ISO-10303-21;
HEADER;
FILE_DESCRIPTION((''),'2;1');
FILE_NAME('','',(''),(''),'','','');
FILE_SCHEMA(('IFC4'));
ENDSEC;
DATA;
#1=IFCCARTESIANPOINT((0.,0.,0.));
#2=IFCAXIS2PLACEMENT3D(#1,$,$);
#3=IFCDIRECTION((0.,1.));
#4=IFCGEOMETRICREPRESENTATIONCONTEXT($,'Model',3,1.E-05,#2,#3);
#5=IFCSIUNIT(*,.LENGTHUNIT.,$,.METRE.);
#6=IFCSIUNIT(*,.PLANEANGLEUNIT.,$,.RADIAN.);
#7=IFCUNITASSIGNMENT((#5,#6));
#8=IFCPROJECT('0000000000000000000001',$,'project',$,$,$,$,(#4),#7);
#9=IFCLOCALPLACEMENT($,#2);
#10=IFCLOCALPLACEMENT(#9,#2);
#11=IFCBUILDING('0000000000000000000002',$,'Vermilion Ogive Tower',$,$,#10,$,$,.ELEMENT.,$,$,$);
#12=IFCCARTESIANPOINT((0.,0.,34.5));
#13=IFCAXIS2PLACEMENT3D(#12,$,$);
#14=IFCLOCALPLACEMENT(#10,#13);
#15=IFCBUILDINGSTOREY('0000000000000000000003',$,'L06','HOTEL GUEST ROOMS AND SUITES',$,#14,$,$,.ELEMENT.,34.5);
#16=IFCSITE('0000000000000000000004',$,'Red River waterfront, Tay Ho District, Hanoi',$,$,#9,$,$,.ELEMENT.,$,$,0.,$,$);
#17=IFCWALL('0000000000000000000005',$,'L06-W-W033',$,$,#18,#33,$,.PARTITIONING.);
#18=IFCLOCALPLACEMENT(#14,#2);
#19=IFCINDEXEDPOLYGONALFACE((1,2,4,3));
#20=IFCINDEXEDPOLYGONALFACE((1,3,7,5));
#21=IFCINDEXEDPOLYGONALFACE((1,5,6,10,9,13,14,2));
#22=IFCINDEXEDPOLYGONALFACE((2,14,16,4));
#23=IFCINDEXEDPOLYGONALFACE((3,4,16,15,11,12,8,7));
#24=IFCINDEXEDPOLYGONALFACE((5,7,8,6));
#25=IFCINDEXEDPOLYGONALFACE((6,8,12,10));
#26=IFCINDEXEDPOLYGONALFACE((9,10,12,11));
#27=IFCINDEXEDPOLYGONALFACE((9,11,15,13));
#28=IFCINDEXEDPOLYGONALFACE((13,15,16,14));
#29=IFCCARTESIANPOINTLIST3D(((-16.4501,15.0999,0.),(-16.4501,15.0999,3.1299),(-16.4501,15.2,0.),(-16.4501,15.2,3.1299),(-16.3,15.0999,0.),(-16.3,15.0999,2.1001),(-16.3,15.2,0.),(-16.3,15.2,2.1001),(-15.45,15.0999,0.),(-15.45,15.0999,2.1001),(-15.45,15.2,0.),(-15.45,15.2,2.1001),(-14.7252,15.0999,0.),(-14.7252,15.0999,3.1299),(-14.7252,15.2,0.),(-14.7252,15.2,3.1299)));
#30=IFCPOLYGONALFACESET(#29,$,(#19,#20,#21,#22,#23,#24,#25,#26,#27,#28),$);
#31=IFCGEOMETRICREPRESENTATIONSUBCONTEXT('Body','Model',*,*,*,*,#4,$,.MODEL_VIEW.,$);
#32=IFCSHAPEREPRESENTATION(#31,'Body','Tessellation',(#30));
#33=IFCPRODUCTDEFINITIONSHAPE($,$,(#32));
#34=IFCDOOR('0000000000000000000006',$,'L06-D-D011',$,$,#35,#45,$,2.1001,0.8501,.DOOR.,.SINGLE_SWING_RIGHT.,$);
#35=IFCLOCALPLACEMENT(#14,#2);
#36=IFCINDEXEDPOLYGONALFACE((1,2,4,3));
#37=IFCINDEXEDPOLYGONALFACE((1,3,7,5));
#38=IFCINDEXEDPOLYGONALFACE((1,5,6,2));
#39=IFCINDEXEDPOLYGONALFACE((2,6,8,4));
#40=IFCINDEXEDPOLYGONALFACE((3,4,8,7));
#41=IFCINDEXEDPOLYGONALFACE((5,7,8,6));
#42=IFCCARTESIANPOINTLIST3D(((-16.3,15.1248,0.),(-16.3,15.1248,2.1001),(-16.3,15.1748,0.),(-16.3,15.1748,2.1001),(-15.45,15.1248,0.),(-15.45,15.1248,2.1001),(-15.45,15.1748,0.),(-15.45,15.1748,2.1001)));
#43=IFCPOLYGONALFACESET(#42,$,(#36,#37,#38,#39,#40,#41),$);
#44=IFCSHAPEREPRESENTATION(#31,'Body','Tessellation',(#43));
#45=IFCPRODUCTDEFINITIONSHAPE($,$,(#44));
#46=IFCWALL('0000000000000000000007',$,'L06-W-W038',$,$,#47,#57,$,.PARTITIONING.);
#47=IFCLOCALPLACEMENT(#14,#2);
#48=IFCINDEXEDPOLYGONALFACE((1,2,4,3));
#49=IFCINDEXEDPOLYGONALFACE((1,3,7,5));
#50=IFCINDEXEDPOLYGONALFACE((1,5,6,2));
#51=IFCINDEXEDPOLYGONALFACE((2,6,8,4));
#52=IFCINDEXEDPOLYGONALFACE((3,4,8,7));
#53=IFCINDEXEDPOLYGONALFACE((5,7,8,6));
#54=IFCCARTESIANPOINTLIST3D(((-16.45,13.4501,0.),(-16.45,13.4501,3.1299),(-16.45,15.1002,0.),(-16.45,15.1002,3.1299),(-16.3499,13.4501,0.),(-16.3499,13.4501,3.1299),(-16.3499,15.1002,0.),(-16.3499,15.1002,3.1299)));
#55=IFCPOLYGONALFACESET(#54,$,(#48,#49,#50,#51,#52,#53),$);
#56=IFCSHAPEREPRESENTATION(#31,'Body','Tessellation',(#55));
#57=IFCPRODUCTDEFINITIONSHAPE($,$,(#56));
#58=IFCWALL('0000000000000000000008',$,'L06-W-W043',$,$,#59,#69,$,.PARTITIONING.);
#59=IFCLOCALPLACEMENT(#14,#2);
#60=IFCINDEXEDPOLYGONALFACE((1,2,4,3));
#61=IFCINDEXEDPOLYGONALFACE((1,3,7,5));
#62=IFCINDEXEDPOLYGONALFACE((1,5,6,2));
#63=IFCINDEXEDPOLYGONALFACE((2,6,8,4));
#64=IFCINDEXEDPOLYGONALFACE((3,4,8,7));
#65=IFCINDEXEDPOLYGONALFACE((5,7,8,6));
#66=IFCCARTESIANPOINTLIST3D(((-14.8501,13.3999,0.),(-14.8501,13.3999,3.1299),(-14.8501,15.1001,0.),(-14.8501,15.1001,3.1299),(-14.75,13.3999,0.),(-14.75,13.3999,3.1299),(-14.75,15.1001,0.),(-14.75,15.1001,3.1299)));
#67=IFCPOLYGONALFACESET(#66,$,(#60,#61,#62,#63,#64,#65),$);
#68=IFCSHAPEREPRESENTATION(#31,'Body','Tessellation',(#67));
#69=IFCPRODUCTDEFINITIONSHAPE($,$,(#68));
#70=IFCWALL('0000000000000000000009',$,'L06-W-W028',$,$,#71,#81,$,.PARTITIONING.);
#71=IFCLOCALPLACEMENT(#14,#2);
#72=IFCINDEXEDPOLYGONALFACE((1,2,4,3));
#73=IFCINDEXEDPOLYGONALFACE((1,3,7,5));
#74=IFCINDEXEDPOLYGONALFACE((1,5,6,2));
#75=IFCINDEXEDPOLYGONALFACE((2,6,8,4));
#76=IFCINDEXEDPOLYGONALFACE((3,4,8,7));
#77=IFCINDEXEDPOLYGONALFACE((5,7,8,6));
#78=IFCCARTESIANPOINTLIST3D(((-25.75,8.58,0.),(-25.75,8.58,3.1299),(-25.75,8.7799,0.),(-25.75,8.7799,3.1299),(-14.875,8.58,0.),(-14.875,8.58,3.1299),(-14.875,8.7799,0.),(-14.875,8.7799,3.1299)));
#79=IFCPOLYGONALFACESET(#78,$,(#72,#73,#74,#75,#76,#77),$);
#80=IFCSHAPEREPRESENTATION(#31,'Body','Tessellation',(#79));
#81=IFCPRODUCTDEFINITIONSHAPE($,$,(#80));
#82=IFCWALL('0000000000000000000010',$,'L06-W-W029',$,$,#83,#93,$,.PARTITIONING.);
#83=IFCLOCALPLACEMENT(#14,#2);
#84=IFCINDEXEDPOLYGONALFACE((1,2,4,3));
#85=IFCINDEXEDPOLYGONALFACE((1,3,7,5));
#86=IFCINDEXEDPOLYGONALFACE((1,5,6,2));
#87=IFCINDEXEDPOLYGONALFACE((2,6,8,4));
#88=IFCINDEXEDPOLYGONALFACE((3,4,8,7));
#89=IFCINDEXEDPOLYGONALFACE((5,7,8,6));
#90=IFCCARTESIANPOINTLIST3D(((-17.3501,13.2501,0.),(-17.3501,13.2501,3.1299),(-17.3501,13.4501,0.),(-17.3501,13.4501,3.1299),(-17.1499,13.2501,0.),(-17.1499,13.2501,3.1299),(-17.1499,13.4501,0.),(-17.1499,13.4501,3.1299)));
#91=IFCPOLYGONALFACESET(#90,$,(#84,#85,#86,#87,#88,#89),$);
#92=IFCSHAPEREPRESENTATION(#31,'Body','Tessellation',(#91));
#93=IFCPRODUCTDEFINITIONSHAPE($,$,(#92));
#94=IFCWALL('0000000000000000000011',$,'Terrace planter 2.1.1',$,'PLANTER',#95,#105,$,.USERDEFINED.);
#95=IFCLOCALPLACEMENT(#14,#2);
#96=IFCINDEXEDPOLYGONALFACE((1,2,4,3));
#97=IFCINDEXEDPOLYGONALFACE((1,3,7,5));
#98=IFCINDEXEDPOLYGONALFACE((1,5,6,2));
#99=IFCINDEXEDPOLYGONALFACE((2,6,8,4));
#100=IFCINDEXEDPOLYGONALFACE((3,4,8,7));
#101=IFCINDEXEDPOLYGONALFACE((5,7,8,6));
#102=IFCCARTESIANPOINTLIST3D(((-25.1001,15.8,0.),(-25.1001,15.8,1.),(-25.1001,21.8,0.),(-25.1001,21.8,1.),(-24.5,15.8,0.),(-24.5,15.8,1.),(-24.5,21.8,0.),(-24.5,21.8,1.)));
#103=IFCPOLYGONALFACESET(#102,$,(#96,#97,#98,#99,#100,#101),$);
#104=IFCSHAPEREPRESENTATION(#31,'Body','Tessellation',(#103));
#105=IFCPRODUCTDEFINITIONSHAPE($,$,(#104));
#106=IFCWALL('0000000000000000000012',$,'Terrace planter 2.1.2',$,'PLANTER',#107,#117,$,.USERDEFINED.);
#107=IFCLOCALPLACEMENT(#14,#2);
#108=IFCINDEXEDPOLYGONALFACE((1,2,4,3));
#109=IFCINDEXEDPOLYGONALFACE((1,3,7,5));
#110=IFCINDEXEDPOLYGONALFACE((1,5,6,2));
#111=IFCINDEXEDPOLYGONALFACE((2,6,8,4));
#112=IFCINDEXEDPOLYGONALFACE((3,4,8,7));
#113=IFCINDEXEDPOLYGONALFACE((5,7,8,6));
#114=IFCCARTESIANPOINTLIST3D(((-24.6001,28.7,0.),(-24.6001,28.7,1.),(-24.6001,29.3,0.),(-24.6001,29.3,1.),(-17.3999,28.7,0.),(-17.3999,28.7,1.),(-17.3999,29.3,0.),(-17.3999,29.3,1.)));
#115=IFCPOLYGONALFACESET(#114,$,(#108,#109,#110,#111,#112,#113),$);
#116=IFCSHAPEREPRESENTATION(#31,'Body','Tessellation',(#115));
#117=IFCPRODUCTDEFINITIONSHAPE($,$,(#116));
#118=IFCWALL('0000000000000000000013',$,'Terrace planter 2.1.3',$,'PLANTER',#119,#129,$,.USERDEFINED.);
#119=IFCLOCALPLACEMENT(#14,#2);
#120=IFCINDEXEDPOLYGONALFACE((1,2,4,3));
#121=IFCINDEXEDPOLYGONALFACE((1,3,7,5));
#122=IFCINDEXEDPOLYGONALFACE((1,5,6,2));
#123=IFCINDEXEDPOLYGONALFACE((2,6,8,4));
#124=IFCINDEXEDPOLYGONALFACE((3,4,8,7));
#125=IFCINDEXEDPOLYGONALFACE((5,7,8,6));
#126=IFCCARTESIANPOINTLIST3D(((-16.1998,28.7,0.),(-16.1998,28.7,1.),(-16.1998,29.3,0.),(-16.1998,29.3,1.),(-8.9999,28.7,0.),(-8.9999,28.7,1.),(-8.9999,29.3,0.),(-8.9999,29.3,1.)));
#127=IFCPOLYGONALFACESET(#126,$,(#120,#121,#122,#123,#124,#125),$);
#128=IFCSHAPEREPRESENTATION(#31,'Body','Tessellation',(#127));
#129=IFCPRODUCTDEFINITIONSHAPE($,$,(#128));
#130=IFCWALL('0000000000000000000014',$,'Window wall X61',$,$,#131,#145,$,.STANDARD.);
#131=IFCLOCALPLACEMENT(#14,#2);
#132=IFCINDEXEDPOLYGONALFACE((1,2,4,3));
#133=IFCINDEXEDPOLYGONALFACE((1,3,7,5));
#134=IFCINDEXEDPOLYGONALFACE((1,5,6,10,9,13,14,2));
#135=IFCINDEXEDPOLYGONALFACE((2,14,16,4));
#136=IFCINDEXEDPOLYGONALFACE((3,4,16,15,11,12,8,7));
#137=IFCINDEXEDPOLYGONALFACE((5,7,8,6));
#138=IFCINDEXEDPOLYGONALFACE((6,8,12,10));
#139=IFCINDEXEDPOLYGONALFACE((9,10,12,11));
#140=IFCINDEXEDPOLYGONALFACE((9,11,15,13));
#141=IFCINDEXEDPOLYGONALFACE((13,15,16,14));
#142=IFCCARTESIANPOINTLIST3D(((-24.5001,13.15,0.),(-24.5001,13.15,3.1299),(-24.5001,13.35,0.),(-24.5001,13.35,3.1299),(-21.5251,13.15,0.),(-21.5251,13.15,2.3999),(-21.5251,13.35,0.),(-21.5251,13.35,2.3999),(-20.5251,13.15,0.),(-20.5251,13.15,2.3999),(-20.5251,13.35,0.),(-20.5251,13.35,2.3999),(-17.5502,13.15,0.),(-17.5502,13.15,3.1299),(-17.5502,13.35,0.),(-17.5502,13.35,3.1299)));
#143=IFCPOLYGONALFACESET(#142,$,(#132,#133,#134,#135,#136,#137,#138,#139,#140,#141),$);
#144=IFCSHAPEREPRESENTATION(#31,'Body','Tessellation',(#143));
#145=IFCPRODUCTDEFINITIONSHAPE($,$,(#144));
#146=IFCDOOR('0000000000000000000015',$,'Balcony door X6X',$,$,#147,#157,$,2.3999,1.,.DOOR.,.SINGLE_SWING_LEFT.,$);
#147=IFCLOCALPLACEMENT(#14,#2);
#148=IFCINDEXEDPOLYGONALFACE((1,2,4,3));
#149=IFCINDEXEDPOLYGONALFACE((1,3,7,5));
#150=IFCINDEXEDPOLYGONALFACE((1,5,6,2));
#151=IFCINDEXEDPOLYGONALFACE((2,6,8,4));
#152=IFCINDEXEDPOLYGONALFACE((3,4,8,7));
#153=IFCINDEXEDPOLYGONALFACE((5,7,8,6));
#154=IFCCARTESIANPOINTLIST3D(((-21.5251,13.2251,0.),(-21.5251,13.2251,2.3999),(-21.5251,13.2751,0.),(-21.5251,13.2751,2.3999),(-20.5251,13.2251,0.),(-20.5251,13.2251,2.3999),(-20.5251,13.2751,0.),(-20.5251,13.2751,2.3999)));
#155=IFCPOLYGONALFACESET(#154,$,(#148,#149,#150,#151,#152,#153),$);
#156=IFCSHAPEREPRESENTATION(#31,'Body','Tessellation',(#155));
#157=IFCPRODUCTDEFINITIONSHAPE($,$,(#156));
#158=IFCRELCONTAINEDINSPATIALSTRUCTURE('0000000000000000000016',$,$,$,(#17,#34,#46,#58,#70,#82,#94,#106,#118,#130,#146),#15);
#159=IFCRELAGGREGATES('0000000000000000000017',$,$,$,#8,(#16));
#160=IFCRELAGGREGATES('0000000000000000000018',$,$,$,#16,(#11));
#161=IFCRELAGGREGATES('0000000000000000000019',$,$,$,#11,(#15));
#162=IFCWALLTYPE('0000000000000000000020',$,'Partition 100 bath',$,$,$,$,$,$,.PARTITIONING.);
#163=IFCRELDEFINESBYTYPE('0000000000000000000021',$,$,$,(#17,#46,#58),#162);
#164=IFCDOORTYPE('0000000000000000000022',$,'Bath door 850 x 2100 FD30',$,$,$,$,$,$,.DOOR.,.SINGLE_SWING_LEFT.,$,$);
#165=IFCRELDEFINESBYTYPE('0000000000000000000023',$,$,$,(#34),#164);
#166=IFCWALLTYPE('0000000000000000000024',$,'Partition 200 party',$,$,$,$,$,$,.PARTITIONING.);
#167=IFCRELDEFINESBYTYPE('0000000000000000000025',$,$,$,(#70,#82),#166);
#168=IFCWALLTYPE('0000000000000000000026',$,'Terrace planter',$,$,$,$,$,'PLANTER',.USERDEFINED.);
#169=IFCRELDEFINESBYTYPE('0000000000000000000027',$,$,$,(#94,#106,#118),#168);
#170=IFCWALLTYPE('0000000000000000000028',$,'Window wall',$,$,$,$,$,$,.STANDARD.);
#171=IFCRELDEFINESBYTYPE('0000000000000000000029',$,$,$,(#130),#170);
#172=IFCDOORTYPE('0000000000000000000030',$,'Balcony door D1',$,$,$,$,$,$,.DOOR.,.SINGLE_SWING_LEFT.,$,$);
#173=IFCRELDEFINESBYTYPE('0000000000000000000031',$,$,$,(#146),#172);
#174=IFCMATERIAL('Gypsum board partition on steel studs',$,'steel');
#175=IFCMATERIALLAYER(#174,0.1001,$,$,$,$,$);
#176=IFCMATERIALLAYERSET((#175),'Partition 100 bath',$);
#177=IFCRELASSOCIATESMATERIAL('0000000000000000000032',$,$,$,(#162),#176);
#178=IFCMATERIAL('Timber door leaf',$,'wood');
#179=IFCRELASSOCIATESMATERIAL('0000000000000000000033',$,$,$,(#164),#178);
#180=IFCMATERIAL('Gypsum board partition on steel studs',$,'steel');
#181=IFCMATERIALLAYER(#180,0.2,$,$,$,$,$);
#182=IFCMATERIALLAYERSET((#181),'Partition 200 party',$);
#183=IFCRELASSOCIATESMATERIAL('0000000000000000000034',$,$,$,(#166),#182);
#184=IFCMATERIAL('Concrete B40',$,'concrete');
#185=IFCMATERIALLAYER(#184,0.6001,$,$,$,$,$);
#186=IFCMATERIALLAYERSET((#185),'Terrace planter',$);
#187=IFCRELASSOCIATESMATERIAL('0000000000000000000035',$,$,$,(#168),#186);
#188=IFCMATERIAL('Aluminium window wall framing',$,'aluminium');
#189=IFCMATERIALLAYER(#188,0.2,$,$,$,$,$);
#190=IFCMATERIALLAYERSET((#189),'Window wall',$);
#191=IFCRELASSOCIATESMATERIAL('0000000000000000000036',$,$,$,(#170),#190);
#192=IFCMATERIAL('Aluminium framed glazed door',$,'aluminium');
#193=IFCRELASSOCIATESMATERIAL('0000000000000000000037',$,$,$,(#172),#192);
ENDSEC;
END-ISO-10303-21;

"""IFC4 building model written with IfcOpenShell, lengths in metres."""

from ifc_helpers import new_model, si_unit, direction, frame, frame_2d, origin, place, context, subcontext, project, spatial, rectangle, extrude, material, layer, layer_set, type_object, element, fill, save


model = new_model("IFC4")

# Units and contexts
model_context = context("Model", 3, precision=1e-05, world=origin(), true_north=direction((0.0, 1.0)))
body_context = subcontext(model_context, "Body", "Model", "MODEL_VIEW")
ifc_project = project(units=[si_unit("LENGTHUNIT", "METRE"), si_unit("PLANEANGLEUNIT", "RADIAN")], contexts=[model_context])

# Site, building, storey
site_placement = place(None, origin())
site = spatial("IfcSite", under=ifc_project, at=site_placement, Name="Red River waterfront, Tay Ho District, Hanoi", CompositionType="ELEMENT", RefElevation=0.0)
building_placement = place(site_placement, origin())
building = spatial("IfcBuilding", under=site, at=building_placement, Name="Vermilion Ogive Tower", CompositionType="ELEMENT")
storey_placement = place(building_placement, frame((0.0, 0.0, 34.5)))
storey = spatial("IfcBuildingStorey", under=building, at=storey_placement, Name="L06", Description="HOTEL GUEST ROOMS AND SUITES", CompositionType="ELEMENT", Elevation=34.5)

# Shared definitions
ifc_material_1 = material(Name="Gypsum board partition on steel studs", Category="steel")
ifc_layer_1 = layer(ifc_material_1, 0.1001)
ifc_layer_set_1 = layer_set([ifc_layer_1], Name="Partition 100 bath")
wall_type_1 = type_object("IfcWallType", Name="Partition 100 bath", PredefinedType="PARTITIONING", material=ifc_layer_set_1)

# Wall, opening, door
wall_1_placement = place(storey_placement, frame((-16.45, 15.1499, 0.0), z_axis=(0.0, 0.0, 1.0), x_axis=(1.0, 0.0, 0.0)))
wall_1 = element("IfcWall", 1, at=wall_1_placement, inside=storey, type_object=wall_type_1, Name="L06-W-W033", PredefinedType="PARTITIONING", context=body_context, shape_type="SweptSolid", body=[
    extrude(rectangle(XDim=1.7249, YDim=0.1001, at=frame_2d((0.8623, 0.0))), origin(), (0.0, 0.0, 1.0), 3.1299),
])
opening_1_placement = place(wall_1_placement, frame((0.1499, 0.0, 0.0)))
opening_1 = element("IfcOpeningElement", 2, at=opening_1_placement, cuts=wall_1, PredefinedType="OPENING", context=body_context, shape_type="SweptSolid", body=[
    extrude(rectangle(XDim=0.8501, YDim=2.1001, at=frame_2d((0.425, 1.05))), frame((0.0, 0.0601, 0.0), z_axis=(0.0, -1.0, 0.0), x_axis=(1.0, 0.0, 0.0)), (0.0, 0.0, 1.0), 0.1201),
])
ifc_material_2 = material(Name="Timber door leaf", Category="wood")
door_type_1 = type_object("IfcDoorType", Name="Bath door 850 x 2100 FD30", OperationType="SINGLE_SWING_LEFT", PredefinedType="DOOR", material=ifc_material_2)
door_1_placement = place(opening_1_placement, origin())
door_1 = element("IfcDoor", 3, at=door_1_placement, inside=storey, type_object=door_type_1, Name="L06-D-D011", OperationType="SINGLE_SWING_RIGHT", OverallHeight=2.1001, OverallWidth=0.8501, PredefinedType="DOOR", context=body_context, shape_type="SweptSolid", body=[
    extrude(rectangle(XDim=0.8501, YDim=2.1001, at=frame_2d((0.425, 1.05))), frame((0.0, 0.0249, 0.0), z_axis=(0.0, -1.0, 0.0), x_axis=(1.0, 0.0, 0.0)), (0.0, 0.0, 1.0), 0.05),
])
fill(opening_1, door_1)

# Walls
wall_2_placement = place(storey_placement, frame((-16.3999, 13.45, 0.0), z_axis=(0.0, 0.0, 1.0), x_axis=(0.0, 1.0, 0.0)))
element("IfcWall", 4, at=wall_2_placement, inside=storey, type_object=wall_type_1, Name="L06-W-W038", PredefinedType="PARTITIONING", context=body_context, shape_type="SweptSolid", body=[
    extrude(rectangle(XDim=1.6501, YDim=0.1001, at=frame_2d((0.8252, 0.0))), origin(), (0.0, 0.0, 1.0), 3.1299),
])
wall_3_placement = place(storey_placement, frame((-14.8, 13.3999, 0.0), z_axis=(0.0, 0.0, 1.0), x_axis=(0.0, 1.0, 0.0)))
element("IfcWall", 5, at=wall_3_placement, inside=storey, type_object=wall_type_1, Name="L06-W-W043", PredefinedType="PARTITIONING", context=body_context, shape_type="SweptSolid", body=[
    extrude(rectangle(XDim=1.7002, YDim=0.1001, at=frame_2d((0.8501, 0.0))), origin(), (0.0, 0.0, 1.0), 3.1299),
])
ifc_material_3 = material(Name="Gypsum board partition on steel studs", Category="steel")
ifc_layer_2 = layer(ifc_material_3, 0.2)
ifc_layer_set_2 = layer_set([ifc_layer_2], Name="Partition 200 party")
wall_type_2 = type_object("IfcWallType", Name="Partition 200 party", PredefinedType="PARTITIONING", material=ifc_layer_set_2)
wall_4_placement = place(storey_placement, frame((-25.75, 8.6799, 0.0), z_axis=(0.0, 0.0, 1.0), x_axis=(1.0, 0.0, 0.0)))
element("IfcWall", 6, at=wall_4_placement, inside=storey, type_object=wall_type_2, Name="L06-W-W028", PredefinedType="PARTITIONING", context=body_context, shape_type="SweptSolid", body=[
    extrude(rectangle(XDim=10.875, YDim=0.2, at=frame_2d((5.4375, 0.0))), origin(), (0.0, 0.0, 1.0), 3.1299),
])
wall_5_placement = place(storey_placement, frame((-17.3501, 13.3501, 0.0), z_axis=(0.0, 0.0, 1.0), x_axis=(1.0, 0.0, 0.0)))
element("IfcWall", 7, at=wall_5_placement, inside=storey, type_object=wall_type_2, Name="L06-W-W029", PredefinedType="PARTITIONING", context=body_context, shape_type="SweptSolid", body=[
    extrude(rectangle(XDim=0.2002, YDim=0.2, at=frame_2d((0.1001, 0.0))), origin(), (0.0, 0.0, 1.0), 3.1299),
])
ifc_material_4 = material(Name="Concrete B40", Category="concrete")
ifc_layer_3 = layer(ifc_material_4, 0.6001)
ifc_layer_set_3 = layer_set([ifc_layer_3], Name="Terrace planter")
wall_type_3 = type_object("IfcWallType", Name="Terrace planter", ElementType="PLANTER", PredefinedType="USERDEFINED", material=ifc_layer_set_3)
wall_6_placement = place(storey_placement, frame((-24.8, 15.8, 0.0), z_axis=(0.0, 0.0, 1.0), x_axis=(0.0, 1.0, 0.0)))
element("IfcWall", 8, at=wall_6_placement, inside=storey, type_object=wall_type_3, Name="Terrace planter 2.1.1", ObjectType="PLANTER", PredefinedType="USERDEFINED", context=body_context, shape_type="SweptSolid", body=[
    extrude(rectangle(XDim=6.0, YDim=0.6001, at=frame_2d((3.0, 0.0))), origin(), (0.0, 0.0, 1.0), 1.0),
])
wall_7_placement = place(storey_placement, frame((-24.6001, 29.0, 0.0), z_axis=(0.0, 0.0, 1.0), x_axis=(1.0, 0.0, 0.0)))
element("IfcWall", 9, at=wall_7_placement, inside=storey, type_object=wall_type_3, Name="Terrace planter 2.1.2", ObjectType="PLANTER", PredefinedType="USERDEFINED", context=body_context, shape_type="SweptSolid", body=[
    extrude(rectangle(XDim=7.2002, YDim=0.6001, at=frame_2d((3.6001, 0.0))), origin(), (0.0, 0.0, 1.0), 1.0),
])
wall_8_placement = place(storey_placement, frame((-16.2, 29.0, 0.0), z_axis=(0.0, 0.0, 1.0), x_axis=(1.0, 0.0, 0.0)))
element("IfcWall", 10, at=wall_8_placement, inside=storey, type_object=wall_type_3, Name="Terrace planter 2.1.3", ObjectType="PLANTER", PredefinedType="USERDEFINED", context=body_context, shape_type="SweptSolid", body=[
    extrude(rectangle(XDim=7.2, YDim=0.6001, at=frame_2d((3.6001, 0.0))), origin(), (0.0, 0.0, 1.0), 1.0),
])

# Shared definitions
ifc_material_5 = material(Name="Aluminium window wall framing", Category="aluminium")
ifc_layer_4 = layer(ifc_material_5, 0.2)
ifc_layer_set_4 = layer_set([ifc_layer_4], Name="Window wall")
wall_type_4 = type_object("IfcWallType", Name="Window wall", PredefinedType="STANDARD", material=ifc_layer_set_4)
ifc_material_6 = material(Name="Aluminium framed glazed door", Category="aluminium")
door_type_2 = type_object("IfcDoorType", Name="Balcony door D1", OperationType="SINGLE_SWING_LEFT", PredefinedType="DOOR", material=ifc_material_6)

# Wall, opening, door
wall_9_placement = place(storey_placement, frame((-17.55, 13.25, 0.0), z_axis=(0.0, 0.0, 1.0), x_axis=(-1.0, 0.0, 0.0)))
wall_9 = element("IfcWall", 11, at=wall_9_placement, inside=storey, type_object=wall_type_4, Name="Window wall X61", PredefinedType="STANDARD", context=body_context, shape_type="SweptSolid", body=[
    extrude(rectangle(XDim=6.95, YDim=0.2, at=frame_2d((3.4751, 0.0))), origin(), (0.0, 0.0, 1.0), 3.1299),
])
opening_2_placement = place(wall_9_placement, frame((2.9751, 0.0, 0.0)))
opening_2 = element("IfcOpeningElement", 12, at=opening_2_placement, cuts=wall_9, PredefinedType="OPENING", context=body_context, shape_type="SweptSolid", body=[
    extrude(rectangle(XDim=1.0, YDim=2.3999, at=frame_2d((0.5, 1.2))), frame((0.0, 0.1099, 0.0), z_axis=(0.0, -1.0, 0.0), x_axis=(1.0, 0.0, 0.0)), (0.0, 0.0, 1.0), 0.22),
])
door_2_placement = place(opening_2_placement, origin())
door_2 = element("IfcDoor", 13, at=door_2_placement, inside=storey, type_object=door_type_2, Name="Balcony door X6X", OperationType="SINGLE_SWING_LEFT", OverallHeight=2.3999, OverallWidth=1.0, PredefinedType="DOOR", context=body_context, shape_type="SweptSolid", body=[
    extrude(rectangle(XDim=1.0, YDim=2.3999, at=frame_2d((0.5, 1.2))), frame((0.0, 0.0249, 0.0), z_axis=(0.0, -1.0, 0.0), x_axis=(1.0, 0.0, 0.0)), (0.0, 0.0, 1.0), 0.05),
])
fill(opening_2, door_2)

save(model, "model.ifc")
